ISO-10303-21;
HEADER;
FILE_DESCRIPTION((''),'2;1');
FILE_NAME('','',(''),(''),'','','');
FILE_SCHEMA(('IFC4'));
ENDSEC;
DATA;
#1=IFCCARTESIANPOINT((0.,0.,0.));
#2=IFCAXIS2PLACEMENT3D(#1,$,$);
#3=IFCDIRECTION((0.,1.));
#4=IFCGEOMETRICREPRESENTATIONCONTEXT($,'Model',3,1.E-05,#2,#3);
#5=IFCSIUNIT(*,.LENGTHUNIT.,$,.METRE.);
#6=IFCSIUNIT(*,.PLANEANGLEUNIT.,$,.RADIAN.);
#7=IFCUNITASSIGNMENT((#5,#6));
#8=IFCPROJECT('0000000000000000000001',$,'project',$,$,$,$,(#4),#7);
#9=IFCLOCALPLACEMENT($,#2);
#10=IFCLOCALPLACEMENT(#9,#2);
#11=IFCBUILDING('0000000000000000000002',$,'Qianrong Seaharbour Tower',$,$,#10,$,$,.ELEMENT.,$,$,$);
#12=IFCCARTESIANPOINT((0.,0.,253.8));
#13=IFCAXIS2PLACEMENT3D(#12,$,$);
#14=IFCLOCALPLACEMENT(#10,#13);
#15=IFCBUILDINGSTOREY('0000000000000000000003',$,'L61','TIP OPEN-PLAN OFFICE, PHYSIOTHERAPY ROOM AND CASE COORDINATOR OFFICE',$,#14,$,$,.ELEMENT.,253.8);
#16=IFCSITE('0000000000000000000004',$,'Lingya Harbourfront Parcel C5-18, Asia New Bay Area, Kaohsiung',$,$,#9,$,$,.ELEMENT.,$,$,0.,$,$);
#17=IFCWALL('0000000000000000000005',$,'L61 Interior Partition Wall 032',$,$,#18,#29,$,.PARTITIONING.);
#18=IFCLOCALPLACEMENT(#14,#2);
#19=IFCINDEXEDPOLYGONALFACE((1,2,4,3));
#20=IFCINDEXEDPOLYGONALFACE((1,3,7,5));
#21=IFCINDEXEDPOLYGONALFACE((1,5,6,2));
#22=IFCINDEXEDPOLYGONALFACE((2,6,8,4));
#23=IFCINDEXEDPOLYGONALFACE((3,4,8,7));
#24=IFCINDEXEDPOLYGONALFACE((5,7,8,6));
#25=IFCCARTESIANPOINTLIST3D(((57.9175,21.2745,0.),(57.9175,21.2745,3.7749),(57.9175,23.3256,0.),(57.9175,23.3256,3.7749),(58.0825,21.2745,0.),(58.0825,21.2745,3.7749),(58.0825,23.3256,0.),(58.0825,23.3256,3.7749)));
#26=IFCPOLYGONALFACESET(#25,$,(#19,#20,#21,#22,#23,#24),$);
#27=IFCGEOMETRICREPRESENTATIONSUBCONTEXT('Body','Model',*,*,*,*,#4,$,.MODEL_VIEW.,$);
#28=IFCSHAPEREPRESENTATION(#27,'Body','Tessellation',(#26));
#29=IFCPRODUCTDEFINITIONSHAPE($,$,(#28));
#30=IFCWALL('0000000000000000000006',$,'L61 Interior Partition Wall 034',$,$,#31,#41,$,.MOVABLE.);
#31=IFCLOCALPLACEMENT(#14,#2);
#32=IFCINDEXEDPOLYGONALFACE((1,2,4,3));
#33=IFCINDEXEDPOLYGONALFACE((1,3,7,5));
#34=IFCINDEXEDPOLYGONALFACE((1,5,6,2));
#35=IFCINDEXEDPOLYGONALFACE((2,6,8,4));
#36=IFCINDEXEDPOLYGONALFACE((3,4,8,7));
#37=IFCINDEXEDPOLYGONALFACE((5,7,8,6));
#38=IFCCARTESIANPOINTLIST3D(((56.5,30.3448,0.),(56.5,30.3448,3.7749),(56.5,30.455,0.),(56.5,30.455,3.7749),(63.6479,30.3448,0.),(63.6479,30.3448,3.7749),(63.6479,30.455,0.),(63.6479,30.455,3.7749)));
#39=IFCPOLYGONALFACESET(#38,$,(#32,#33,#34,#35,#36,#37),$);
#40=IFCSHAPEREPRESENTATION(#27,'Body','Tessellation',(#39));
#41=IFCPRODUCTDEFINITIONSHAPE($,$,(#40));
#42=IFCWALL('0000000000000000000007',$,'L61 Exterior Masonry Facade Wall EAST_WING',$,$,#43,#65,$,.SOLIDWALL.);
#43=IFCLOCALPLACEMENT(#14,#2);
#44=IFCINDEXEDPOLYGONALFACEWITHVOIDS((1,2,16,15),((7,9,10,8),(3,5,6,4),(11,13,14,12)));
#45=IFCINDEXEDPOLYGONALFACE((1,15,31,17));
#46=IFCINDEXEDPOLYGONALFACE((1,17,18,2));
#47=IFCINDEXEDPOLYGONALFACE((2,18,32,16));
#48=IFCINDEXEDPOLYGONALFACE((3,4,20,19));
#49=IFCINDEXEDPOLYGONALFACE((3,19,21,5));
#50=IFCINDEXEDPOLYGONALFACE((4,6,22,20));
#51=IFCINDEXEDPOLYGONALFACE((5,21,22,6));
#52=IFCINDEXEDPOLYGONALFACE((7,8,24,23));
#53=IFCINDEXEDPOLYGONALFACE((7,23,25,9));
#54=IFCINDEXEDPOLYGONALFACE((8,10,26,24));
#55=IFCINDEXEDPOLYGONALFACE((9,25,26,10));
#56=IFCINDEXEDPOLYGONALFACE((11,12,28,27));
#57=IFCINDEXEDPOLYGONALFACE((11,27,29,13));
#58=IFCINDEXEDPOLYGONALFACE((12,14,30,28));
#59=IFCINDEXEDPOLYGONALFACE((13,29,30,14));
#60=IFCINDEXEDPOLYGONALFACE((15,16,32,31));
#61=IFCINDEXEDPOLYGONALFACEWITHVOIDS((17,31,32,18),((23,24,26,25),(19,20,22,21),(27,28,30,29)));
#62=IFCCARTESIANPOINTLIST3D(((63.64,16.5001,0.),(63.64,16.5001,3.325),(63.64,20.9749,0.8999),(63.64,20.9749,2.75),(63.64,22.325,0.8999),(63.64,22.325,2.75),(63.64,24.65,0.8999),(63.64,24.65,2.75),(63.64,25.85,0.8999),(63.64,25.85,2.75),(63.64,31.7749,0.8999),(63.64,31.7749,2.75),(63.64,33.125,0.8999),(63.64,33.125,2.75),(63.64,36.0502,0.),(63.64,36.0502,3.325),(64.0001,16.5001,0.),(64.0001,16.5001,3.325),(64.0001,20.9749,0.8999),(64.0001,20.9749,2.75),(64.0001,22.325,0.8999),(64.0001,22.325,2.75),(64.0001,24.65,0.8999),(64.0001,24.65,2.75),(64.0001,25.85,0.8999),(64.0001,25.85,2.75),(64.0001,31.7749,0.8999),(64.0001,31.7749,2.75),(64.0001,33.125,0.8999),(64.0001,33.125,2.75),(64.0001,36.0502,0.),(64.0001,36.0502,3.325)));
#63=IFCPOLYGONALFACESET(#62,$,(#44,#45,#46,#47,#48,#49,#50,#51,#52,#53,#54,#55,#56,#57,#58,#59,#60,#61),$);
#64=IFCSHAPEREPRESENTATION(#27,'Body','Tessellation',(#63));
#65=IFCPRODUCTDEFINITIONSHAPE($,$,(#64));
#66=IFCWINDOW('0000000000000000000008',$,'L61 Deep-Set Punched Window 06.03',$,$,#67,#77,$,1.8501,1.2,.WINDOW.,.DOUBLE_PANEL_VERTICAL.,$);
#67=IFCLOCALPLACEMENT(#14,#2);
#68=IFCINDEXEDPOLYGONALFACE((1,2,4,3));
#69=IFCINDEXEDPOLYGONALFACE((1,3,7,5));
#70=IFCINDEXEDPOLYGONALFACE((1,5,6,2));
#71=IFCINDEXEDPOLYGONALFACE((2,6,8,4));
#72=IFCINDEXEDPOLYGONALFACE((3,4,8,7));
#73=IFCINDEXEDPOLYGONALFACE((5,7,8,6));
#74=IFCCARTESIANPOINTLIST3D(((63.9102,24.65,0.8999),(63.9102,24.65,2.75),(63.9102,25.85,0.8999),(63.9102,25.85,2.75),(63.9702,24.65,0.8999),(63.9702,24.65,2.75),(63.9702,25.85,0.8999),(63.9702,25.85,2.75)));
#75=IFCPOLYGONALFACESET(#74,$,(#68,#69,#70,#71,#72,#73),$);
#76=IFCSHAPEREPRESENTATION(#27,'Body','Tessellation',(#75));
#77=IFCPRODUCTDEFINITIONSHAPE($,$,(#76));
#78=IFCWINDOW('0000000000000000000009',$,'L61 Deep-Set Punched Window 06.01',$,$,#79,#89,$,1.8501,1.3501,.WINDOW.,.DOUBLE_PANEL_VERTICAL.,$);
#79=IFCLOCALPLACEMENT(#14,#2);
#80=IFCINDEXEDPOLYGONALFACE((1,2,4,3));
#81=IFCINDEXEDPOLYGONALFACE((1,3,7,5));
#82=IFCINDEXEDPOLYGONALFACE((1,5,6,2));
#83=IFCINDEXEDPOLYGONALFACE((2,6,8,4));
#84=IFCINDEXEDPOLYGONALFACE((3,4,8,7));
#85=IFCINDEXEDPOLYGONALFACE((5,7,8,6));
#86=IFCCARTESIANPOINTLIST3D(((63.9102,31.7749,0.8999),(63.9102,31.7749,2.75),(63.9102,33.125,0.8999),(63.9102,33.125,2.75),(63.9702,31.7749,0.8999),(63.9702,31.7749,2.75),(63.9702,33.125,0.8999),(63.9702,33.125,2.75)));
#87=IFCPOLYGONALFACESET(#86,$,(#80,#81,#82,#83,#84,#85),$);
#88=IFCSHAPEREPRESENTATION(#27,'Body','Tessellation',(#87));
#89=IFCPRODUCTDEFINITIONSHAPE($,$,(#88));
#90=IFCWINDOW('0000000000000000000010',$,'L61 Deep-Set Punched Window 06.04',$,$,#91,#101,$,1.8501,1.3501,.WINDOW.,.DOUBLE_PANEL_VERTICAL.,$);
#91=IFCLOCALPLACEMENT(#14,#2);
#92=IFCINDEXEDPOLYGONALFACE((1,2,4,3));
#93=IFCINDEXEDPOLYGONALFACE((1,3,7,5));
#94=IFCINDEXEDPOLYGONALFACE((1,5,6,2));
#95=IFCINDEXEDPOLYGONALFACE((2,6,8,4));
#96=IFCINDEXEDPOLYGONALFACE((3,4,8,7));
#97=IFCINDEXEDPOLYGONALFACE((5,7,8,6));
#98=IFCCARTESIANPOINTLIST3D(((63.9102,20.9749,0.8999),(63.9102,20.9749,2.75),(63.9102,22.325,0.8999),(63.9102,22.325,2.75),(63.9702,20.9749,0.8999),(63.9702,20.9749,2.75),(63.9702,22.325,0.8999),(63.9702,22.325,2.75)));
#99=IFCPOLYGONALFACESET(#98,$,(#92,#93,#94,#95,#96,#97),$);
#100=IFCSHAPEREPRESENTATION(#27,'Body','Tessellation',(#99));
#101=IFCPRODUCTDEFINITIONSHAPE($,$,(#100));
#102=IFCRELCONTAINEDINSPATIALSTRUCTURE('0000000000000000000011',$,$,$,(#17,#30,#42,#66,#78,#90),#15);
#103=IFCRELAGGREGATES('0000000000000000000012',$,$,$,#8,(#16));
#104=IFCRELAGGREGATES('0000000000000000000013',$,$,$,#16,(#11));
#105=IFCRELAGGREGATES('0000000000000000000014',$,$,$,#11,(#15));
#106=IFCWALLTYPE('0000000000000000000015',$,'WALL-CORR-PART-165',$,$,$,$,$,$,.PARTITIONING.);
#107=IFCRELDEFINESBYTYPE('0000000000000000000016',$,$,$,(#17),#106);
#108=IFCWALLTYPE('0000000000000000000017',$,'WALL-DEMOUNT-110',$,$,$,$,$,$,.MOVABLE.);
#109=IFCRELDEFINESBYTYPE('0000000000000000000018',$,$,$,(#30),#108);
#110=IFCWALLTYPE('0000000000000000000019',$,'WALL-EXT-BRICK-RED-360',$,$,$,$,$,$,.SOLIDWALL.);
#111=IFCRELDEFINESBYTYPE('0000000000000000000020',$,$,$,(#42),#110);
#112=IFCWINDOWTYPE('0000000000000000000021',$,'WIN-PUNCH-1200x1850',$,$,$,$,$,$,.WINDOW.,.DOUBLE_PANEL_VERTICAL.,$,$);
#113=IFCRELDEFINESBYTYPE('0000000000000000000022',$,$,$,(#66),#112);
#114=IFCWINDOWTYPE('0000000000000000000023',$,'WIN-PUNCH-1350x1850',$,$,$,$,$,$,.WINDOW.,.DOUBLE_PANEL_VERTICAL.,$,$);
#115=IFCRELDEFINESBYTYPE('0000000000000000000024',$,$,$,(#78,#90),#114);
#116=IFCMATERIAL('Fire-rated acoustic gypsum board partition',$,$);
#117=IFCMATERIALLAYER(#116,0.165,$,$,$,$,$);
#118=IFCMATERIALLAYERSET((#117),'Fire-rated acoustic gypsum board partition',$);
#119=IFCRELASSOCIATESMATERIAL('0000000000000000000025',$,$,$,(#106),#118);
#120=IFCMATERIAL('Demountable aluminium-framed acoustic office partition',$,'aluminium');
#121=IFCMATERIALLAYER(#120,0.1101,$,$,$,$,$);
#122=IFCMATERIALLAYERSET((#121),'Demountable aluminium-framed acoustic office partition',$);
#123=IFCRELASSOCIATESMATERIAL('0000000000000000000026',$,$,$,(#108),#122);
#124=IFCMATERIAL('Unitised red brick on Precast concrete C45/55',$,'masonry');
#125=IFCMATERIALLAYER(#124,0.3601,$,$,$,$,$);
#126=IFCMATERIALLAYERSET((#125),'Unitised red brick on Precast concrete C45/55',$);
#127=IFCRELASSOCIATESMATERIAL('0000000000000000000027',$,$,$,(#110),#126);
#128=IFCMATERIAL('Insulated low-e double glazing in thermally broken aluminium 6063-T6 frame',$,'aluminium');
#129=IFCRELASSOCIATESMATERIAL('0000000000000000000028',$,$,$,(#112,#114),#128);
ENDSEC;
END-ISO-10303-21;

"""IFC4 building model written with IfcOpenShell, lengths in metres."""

from ifc_helpers import new_model, si_unit, direction, frame, frame_2d, origin, place, context, subcontext, project, spatial, rectangle, extrude, material, layer, layer_set, type_object, element, fill, save


model = new_model("IFC4")

# Units and contexts
model_context = context("Model", 3, precision=1e-05, world=origin(), true_north=direction((0.0, 1.0)))
body_context = subcontext(model_context, "Body", "Model", "MODEL_VIEW")
ifc_project = project(units=[si_unit("LENGTHUNIT", "METRE"), si_unit("PLANEANGLEUNIT", "RADIAN")], contexts=[model_context])

# Site, building, storey
site_placement = place(None, origin())
site = spatial("IfcSite", under=ifc_project, at=site_placement, Name="Lingya Harbourfront Parcel C5-18, Asia New Bay Area, Kaohsiung", CompositionType="ELEMENT", RefElevation=0.0)
building_placement = place(site_placement, origin())
building = spatial("IfcBuilding", under=site, at=building_placement, Name="Qianrong Seaharbour Tower", CompositionType="ELEMENT")
storey_placement = place(building_placement, frame((0.0, 0.0, 253.8)))
storey = spatial("IfcBuildingStorey", under=building, at=storey_placement, Name="L61", Description="TIP OPEN-PLAN OFFICE, PHYSIOTHERAPY ROOM AND CASE COORDINATOR OFFICE", CompositionType="ELEMENT", Elevation=253.8)

# Shared definitions
ifc_material_1 = material(Name="Fire-rated acoustic gypsum board partition")
ifc_layer_1 = layer(ifc_material_1, 0.165)
ifc_layer_set_1 = layer_set([ifc_layer_1], Name="Fire-rated acoustic gypsum board partition")
wall_type_1 = type_object("IfcWallType", Name="WALL-CORR-PART-165", PredefinedType="PARTITIONING", material=ifc_layer_set_1)

# Walls
wall_1_placement = place(storey_placement, frame((58.0, 23.3254, 0.0), z_axis=(0.0, 0.0, 1.0), x_axis=(0.0, -1.0, 0.0)))
element("IfcWall", 1, at=wall_1_placement, inside=storey, type_object=wall_type_1, Name="L61 Interior Partition Wall 032", PredefinedType="PARTITIONING", context=body_context, shape_type="SweptSolid", body=[
    extrude(rectangle(XDim=2.051, YDim=0.165, at=frame_2d((1.0254, 0.0))), origin(), (0.0, 0.0, 1.0), 3.7749),
])
ifc_material_2 = material(Name="Demountable aluminium-framed acoustic office partition", Category="aluminium")
ifc_layer_2 = layer(ifc_material_2, 0.1101)
ifc_layer_set_2 = layer_set([ifc_layer_2], Name="Demountable aluminium-framed acoustic office partition")
wall_type_2 = type_object("IfcWallType", Name="WALL-DEMOUNT-110", PredefinedType="MOVABLE", material=ifc_layer_set_2)
wall_2_placement = place(storey_placement, frame((56.5, 30.3999, 0.0), z_axis=(0.0, 0.0, 1.0), x_axis=(1.0, 0.0, 0.0)))
element("IfcWall", 2, at=wall_2_placement, inside=storey, type_object=wall_type_2, Name="L61 Interior Partition Wall 034", PredefinedType="MOVABLE", context=body_context, shape_type="SweptSolid", body=[
    extrude(rectangle(XDim=7.1479, YDim=0.1101, at=frame_2d((3.574, 0.0))), origin(), (0.0, 0.0, 1.0), 3.7749),
])

# Wall, openings, windows
ifc_material_3 = material(Name="Unitised red brick on Precast concrete C45/55", Category="masonry")
ifc_layer_3 = layer(ifc_material_3, 0.3601)
ifc_layer_set_3 = layer_set([ifc_layer_3], Name="Unitised red brick on Precast concrete C45/55")
wall_type_3 = type_object("IfcWallType", Name="WALL-EXT-BRICK-RED-360", PredefinedType="SOLIDWALL", material=ifc_layer_set_3)
wall_3_placement = place(storey_placement, frame((63.8201, 36.05, 0.0), z_axis=(0.0, 0.0, 1.0), x_axis=(0.0, -1.0, 0.0)))
wall_3 = element("IfcWall", 3, at=wall_3_placement, inside=storey, type_object=wall_type_3, Name="L61 Exterior Masonry Facade Wall EAST_WING", PredefinedType="SOLIDWALL", context=body_context, shape_type="SweptSolid", body=[
    extrude(rectangle(XDim=19.55, YDim=0.3601, at=frame_2d((9.7749, 0.0))), origin(), (0.0, 0.0, 1.0), 3.325),
])
opening_1_placement = place(wall_3_placement, frame((2.925, 0.0, 0.8999)))
opening_1 = element("IfcOpeningElement", 4, at=opening_1_placement, cuts=wall_3, PredefinedType="OPENING", context=body_context, shape_type="SweptSolid", body=[
    extrude(rectangle(XDim=1.3501, YDim=1.8501, at=frame_2d((0.675, 0.925))), frame((0.0, 0.1899, 0.0), z_axis=(0.0, -1.0, 0.0), x_axis=(1.0, 0.0, 0.0)), (0.0, 0.0, 1.0), 0.3801),
])
opening_2_placement = place(wall_3_placement, frame((10.2, 0.0, 0.8999)))
opening_2 = element("IfcOpeningElement", 5, at=opening_2_placement, cuts=wall_3, PredefinedType="OPENING", context=body_context, shape_type="SweptSolid", body=[
    extrude(rectangle(XDim=1.2, YDim=1.8501, at=frame_2d((0.6001, 0.925))), frame((0.0, 0.1899, 0.0), z_axis=(0.0, -1.0, 0.0), x_axis=(1.0, 0.0, 0.0)), (0.0, 0.0, 1.0), 0.3801),
])
opening_3_placement = place(wall_3_placement, frame((13.7251, 0.0, 0.8999)))
opening_3 = element("IfcOpeningElement", 6, at=opening_3_placement, cuts=wall_3, PredefinedType="OPENING", context=body_context, shape_type="SweptSolid", body=[
    extrude(rectangle(XDim=1.3501, YDim=1.8501, at=frame_2d((0.675, 0.925))), frame((0.0, 0.1899, 0.0), z_axis=(0.0, -1.0, 0.0), x_axis=(1.0, 0.0, 0.0)), (0.0, 0.0, 1.0), 0.3801),
])
ifc_material_4 = material(Name="Insulated low-e double glazing in thermally broken aluminium 6063-T6 frame", Category="aluminium")
window_type_1 = type_object("IfcWindowType", Name="WIN-PUNCH-1200x1850", PartitioningType="DOUBLE_PANEL_VERTICAL", PredefinedType="WINDOW", material=ifc_material_4)
window_1_placement = place(opening_2_placement, origin())
window_1 = element("IfcWindow", 7, at=window_1_placement, inside=storey, type_object=window_type_1, Name="L61 Deep-Set Punched Window 06.03", OverallHeight=1.8501, OverallWidth=1.2, PartitioningType="DOUBLE_PANEL_VERTICAL", PredefinedType="WINDOW", context=body_context, shape_type="SweptSolid", body=[
    extrude(rectangle(XDim=1.2, YDim=1.8501, at=frame_2d((0.6001, 0.925))), frame((0.0, 0.1501, 0.0), z_axis=(0.0, -1.0, 0.0), x_axis=(1.0, 0.0, 0.0)), (0.0, 0.0, 1.0), 0.0601),
])
fill(opening_2, window_1)
window_type_2 = type_object("IfcWindowType", Name="WIN-PUNCH-1350x1850", PartitioningType="DOUBLE_PANEL_VERTICAL", PredefinedType="WINDOW", material=ifc_material_4)
window_2_placement = place(opening_1_placement, origin())
window_2 = element("IfcWindow", 8, at=window_2_placement, inside=storey, type_object=window_type_2, Name="L61 Deep-Set Punched Window 06.01", OverallHeight=1.8501, OverallWidth=1.3501, PartitioningType="DOUBLE_PANEL_VERTICAL", PredefinedType="WINDOW", context=body_context, shape_type="SweptSolid", body=[
    extrude(rectangle(XDim=1.3501, YDim=1.8501, at=frame_2d((0.675, 0.925))), frame((0.0, 0.1501, 0.0), z_axis=(0.0, -1.0, 0.0), x_axis=(1.0, 0.0, 0.0)), (0.0, 0.0, 1.0), 0.0601),
])
fill(opening_1, window_2)
window_3_placement = place(opening_3_placement, origin())
window_3 = element("IfcWindow", 9, at=window_3_placement, inside=storey, type_object=window_type_2, Name="L61 Deep-Set Punched Window 06.04", OverallHeight=1.8501, OverallWidth=1.3501, PartitioningType="DOUBLE_PANEL_VERTICAL", PredefinedType="WINDOW", context=body_context, shape_type="SweptSolid", body=[
    extrude(rectangle(XDim=1.3501, YDim=1.8501, at=frame_2d((0.675, 0.925))), frame((0.0, 0.1501, 0.0), z_axis=(0.0, -1.0, 0.0), x_axis=(1.0, 0.0, 0.0)), (0.0, 0.0, 1.0), 0.0601),
])
fill(opening_3, window_3)

save(model, "model.ifc")
